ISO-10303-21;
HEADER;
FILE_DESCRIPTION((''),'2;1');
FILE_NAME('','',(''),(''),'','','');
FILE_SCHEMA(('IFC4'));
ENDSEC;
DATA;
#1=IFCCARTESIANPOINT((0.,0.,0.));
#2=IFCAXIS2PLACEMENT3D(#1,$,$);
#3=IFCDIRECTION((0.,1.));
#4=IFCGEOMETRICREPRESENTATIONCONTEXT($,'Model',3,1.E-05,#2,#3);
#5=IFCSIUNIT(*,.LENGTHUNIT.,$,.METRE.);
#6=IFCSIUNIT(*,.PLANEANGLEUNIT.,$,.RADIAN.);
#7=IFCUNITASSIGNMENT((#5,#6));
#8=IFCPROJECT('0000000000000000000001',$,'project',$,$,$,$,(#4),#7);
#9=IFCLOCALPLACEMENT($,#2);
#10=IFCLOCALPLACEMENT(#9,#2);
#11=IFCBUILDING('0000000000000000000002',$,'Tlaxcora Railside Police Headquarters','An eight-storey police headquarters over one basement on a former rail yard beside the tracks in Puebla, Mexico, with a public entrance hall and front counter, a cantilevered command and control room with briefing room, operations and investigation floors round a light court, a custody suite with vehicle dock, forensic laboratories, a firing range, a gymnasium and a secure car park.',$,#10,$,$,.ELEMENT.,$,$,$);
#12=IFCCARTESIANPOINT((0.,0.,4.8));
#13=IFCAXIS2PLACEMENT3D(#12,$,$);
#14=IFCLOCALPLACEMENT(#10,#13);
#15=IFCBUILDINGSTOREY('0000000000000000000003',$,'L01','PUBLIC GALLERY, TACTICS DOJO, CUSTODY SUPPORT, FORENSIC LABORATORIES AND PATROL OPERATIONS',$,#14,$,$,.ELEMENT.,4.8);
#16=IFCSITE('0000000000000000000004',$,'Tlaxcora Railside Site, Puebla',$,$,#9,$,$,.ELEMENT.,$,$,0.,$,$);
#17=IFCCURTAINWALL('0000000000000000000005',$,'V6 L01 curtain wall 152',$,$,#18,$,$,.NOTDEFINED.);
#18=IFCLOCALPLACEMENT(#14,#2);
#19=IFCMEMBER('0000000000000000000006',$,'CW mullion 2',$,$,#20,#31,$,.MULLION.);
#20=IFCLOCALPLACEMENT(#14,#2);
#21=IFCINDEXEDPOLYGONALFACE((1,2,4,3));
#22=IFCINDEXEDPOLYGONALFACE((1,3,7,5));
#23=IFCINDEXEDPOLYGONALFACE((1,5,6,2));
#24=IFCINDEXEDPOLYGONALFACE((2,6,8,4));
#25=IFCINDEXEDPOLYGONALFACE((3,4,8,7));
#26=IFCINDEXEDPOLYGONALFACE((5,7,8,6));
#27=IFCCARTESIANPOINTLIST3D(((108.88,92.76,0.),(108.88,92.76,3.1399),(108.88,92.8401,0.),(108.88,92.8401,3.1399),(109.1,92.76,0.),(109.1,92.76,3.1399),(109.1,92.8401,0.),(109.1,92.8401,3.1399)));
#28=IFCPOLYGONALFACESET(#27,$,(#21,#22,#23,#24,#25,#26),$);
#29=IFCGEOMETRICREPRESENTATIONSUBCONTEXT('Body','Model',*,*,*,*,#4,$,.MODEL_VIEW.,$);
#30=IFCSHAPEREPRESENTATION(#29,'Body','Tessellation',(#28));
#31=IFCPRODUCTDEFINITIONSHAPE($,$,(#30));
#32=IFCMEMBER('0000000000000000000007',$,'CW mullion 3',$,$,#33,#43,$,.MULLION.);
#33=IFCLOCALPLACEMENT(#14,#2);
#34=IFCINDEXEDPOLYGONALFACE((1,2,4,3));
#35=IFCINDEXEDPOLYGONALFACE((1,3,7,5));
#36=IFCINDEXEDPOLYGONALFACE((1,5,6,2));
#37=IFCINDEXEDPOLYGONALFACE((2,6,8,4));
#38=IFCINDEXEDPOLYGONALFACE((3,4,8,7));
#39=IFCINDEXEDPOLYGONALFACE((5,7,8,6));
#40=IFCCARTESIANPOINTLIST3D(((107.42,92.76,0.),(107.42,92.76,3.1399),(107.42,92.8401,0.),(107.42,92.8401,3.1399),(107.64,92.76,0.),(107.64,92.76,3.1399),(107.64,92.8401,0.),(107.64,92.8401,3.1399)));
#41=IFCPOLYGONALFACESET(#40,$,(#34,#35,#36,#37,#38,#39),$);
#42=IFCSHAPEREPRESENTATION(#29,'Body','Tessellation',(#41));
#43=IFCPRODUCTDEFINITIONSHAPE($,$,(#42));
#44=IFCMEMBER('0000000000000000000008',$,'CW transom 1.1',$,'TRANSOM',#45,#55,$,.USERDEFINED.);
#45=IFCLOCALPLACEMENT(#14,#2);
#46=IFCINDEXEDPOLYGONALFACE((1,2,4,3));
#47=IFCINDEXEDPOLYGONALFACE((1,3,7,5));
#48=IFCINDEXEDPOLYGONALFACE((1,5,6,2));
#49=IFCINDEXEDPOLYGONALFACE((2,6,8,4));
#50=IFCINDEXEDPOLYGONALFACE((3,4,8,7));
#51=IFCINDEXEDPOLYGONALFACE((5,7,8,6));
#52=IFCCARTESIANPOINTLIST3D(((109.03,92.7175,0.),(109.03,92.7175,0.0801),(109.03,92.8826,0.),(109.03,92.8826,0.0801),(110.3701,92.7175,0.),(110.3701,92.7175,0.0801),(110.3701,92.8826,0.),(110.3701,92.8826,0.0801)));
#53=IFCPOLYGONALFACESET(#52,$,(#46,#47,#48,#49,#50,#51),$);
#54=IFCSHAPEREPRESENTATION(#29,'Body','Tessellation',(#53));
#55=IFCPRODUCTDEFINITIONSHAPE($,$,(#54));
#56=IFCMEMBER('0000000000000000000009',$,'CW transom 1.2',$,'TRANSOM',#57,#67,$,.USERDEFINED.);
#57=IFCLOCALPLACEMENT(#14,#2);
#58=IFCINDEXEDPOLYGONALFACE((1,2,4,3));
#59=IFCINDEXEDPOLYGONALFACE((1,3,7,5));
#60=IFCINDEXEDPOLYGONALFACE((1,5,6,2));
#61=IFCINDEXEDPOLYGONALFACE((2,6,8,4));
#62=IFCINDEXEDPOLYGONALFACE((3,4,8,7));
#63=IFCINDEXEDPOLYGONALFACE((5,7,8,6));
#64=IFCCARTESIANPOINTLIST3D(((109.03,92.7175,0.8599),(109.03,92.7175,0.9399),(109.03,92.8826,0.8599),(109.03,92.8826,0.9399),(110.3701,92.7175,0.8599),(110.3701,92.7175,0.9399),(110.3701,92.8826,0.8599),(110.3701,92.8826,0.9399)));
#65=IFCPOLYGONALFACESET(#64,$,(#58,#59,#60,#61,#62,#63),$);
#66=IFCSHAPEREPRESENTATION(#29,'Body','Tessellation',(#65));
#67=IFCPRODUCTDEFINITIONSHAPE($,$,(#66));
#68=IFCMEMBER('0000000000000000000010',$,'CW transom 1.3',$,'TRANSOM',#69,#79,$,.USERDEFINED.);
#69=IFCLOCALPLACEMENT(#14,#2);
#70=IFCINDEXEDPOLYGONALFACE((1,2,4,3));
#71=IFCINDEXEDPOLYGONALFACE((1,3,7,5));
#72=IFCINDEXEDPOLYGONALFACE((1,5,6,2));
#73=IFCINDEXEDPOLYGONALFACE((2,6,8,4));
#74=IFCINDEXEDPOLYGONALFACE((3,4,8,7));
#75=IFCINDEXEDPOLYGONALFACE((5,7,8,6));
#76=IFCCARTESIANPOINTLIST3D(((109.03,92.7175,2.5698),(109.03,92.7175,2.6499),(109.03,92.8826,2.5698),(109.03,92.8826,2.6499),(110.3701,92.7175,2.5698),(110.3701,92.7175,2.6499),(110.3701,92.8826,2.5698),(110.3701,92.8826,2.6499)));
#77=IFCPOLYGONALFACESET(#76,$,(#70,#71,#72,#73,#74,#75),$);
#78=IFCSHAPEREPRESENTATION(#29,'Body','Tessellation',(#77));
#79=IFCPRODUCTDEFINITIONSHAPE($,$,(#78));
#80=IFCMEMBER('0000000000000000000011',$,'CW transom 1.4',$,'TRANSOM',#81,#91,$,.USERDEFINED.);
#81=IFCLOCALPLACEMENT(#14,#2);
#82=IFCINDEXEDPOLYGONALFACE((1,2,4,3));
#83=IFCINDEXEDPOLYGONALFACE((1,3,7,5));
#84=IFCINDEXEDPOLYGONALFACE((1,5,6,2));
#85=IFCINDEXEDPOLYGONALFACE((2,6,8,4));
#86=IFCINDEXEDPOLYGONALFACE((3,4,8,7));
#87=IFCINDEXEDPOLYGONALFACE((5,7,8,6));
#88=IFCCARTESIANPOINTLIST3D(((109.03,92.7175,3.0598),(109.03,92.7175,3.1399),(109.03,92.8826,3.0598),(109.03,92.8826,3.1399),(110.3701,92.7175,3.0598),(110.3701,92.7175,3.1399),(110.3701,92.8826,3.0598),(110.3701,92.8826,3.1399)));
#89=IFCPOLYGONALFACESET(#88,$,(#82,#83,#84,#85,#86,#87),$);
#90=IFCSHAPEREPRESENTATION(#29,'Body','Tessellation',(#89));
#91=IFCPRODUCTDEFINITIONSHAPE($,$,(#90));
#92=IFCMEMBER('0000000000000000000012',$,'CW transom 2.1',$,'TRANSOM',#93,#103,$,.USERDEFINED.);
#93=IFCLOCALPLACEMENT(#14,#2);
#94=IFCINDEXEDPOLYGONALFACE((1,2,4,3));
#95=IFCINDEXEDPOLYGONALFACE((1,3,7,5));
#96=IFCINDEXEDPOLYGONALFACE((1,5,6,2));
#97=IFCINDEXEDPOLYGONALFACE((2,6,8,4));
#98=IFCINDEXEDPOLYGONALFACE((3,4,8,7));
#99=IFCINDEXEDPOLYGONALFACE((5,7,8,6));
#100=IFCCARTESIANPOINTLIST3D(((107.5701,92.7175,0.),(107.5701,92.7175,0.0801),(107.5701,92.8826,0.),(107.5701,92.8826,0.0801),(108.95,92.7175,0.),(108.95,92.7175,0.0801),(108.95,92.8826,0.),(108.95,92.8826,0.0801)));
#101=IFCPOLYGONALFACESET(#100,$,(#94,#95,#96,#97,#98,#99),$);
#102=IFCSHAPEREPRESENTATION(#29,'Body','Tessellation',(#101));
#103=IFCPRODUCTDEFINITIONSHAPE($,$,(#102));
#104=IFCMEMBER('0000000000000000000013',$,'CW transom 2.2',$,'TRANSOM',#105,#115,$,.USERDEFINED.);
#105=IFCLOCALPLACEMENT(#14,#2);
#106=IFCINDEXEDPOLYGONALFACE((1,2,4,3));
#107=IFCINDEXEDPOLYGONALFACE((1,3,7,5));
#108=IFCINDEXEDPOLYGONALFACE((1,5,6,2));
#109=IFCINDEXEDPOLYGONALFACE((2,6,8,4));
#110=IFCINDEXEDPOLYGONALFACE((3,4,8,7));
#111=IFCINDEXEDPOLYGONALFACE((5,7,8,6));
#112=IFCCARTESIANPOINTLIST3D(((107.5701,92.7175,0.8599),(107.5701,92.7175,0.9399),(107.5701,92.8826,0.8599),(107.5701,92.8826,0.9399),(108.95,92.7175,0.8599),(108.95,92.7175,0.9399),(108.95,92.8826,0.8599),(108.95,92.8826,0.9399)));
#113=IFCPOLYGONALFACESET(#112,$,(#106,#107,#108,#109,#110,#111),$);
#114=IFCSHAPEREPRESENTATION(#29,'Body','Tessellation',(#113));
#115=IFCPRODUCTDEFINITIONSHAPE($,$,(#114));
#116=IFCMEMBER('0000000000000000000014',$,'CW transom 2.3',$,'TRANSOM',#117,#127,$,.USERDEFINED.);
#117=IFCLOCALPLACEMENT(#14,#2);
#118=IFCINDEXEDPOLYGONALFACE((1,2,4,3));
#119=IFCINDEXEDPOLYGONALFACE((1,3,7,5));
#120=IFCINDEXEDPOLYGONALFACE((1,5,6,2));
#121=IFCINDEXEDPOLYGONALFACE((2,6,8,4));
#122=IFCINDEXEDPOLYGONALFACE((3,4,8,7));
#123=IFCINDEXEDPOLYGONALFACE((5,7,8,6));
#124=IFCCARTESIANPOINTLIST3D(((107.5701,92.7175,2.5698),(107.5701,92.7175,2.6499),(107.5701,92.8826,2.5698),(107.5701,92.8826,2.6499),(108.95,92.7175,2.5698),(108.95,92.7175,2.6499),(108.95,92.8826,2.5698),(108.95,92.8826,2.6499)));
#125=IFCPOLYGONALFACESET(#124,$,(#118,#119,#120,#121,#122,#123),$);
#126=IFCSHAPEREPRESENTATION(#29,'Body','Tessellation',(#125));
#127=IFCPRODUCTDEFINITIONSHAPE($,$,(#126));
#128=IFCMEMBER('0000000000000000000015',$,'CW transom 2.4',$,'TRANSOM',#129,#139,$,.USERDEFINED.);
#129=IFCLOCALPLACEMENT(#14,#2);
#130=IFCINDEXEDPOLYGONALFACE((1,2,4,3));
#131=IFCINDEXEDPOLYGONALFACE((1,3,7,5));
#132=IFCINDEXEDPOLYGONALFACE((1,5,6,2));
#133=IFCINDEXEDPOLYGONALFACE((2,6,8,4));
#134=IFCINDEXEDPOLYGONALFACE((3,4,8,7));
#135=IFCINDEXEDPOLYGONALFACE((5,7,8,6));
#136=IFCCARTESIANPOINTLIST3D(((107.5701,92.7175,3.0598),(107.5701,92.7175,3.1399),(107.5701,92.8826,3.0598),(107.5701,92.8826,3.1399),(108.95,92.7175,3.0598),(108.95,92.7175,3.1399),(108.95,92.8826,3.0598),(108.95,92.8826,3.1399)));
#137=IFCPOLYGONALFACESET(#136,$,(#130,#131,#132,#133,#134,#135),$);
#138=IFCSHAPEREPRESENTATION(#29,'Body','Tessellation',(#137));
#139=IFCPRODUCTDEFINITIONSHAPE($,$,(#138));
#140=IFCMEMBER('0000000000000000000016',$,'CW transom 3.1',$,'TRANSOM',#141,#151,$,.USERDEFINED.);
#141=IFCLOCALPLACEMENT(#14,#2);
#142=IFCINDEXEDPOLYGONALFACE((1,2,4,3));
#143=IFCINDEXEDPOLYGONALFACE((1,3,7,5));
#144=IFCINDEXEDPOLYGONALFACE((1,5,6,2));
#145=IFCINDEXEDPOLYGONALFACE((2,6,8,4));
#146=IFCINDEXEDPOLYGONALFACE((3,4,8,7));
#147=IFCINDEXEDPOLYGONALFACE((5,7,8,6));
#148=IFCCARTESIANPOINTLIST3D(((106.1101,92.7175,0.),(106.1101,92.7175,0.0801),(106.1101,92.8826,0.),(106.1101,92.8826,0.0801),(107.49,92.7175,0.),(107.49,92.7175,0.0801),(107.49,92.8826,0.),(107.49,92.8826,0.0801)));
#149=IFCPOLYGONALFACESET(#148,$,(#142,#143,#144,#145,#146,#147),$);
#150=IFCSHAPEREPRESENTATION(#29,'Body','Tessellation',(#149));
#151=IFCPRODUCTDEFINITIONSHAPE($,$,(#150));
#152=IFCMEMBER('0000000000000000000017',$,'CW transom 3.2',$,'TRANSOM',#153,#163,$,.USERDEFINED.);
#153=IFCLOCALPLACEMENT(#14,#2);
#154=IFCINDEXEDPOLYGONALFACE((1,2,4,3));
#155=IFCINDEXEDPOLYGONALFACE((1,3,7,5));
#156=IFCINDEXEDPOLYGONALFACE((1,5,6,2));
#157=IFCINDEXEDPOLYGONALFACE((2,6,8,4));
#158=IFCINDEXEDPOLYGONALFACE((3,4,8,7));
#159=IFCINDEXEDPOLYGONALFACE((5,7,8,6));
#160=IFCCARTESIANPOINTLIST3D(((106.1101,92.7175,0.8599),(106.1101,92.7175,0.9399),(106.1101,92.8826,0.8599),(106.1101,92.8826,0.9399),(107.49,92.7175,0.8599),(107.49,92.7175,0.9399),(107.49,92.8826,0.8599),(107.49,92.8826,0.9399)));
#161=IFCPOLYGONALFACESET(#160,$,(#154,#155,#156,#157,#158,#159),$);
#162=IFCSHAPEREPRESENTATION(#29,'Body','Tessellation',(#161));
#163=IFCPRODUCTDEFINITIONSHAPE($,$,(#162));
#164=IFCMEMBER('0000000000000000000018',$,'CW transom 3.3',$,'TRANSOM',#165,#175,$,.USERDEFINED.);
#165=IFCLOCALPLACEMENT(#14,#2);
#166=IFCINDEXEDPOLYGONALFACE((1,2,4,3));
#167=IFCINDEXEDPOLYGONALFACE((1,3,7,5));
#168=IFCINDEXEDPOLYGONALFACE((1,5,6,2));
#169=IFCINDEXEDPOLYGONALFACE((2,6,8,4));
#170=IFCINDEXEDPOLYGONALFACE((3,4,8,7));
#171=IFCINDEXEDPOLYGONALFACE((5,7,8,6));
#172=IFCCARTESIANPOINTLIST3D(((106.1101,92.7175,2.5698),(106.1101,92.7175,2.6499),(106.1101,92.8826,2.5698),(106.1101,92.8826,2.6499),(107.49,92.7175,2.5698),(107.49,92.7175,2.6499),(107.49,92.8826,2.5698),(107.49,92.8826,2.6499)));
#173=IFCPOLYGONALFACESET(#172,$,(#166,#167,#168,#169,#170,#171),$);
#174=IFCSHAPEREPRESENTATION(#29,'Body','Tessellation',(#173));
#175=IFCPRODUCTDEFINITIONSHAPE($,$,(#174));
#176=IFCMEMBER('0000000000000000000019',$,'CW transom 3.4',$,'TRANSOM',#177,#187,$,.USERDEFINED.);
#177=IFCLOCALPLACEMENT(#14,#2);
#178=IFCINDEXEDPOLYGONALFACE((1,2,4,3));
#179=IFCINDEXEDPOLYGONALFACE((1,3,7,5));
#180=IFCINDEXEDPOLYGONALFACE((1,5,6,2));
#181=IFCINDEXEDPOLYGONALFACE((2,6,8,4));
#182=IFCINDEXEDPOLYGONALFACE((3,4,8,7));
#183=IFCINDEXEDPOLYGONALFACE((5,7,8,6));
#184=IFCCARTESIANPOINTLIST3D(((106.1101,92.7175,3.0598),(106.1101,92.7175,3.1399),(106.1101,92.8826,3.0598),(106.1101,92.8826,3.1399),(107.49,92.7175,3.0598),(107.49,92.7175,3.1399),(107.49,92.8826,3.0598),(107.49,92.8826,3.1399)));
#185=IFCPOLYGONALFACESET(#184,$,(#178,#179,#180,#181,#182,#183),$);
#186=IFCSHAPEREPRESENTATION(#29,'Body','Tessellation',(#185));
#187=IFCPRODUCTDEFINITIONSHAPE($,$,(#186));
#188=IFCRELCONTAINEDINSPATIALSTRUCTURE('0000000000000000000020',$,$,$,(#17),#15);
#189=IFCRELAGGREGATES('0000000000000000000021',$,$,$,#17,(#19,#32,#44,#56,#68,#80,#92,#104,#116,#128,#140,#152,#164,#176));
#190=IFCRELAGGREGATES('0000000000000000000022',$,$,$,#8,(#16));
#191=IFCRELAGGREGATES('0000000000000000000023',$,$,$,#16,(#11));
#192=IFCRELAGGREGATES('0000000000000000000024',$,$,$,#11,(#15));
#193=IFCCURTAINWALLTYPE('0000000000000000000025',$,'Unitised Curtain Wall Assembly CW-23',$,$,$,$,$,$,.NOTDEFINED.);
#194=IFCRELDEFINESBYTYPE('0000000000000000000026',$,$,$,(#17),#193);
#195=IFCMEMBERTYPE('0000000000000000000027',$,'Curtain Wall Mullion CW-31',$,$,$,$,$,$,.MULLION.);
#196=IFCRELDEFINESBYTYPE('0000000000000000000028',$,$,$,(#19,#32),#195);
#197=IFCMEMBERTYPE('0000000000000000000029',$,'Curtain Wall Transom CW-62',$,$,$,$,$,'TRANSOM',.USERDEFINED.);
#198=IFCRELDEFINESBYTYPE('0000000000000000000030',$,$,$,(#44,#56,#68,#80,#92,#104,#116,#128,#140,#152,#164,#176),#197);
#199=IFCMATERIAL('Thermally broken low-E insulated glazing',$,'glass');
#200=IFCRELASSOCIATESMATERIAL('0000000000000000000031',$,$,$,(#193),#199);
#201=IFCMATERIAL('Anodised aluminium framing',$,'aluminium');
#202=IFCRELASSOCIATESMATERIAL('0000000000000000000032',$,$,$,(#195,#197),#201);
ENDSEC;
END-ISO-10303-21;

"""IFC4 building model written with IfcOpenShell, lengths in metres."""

from ifc_helpers import new_model, si_unit, direction, frame, origin, origin_2d, place, context, subcontext, project, spatial, rectangle, extrude, material, material_profile, profile_set, type_object, element, aggregate, save


model = new_model("IFC4")

# Units and contexts
model_context = context("Model", 3, precision=1e-05, world=origin(), true_north=direction((0.0, 1.0)))
body_context = subcontext(model_context, "Body", "Model", "MODEL_VIEW")
ifc_project = project(units=[si_unit("LENGTHUNIT", "METRE"), si_unit("PLANEANGLEUNIT", "RADIAN")], contexts=[model_context])

# Site, building, storey
site_placement = place(None, origin())
site = spatial("IfcSite", under=ifc_project, at=site_placement, Name="Tlaxcora Railside Site, Puebla", CompositionType="ELEMENT", RefElevation=0.0)
building_placement = place(site_placement, origin())
building = spatial("IfcBuilding", under=site, at=building_placement, Name="Tlaxcora Railside Police Headquarters", Description="An eight-storey police headquarters over one basement on a former rail yard beside the tracks in Puebla, Mexico, with a public entrance hall and front counter, a cantilevered command and control room with briefing room, operations and investigation floors round a light court, a custody suite with vehicle dock, forensic laboratories, a firing range, a gymnasium and a secure car park.", CompositionType="ELEMENT")
storey_placement = place(building_placement, frame((0.0, 0.0, 4.8)))
storey = spatial("IfcBuildingStorey", under=building, at=storey_placement, Name="L01", Description="PUBLIC GALLERY, TACTICS DOJO, CUSTODY SUPPORT, FORENSIC LABORATORIES AND PATROL OPERATIONS", CompositionType="ELEMENT", Elevation=4.8)

# Curtain wall, members
ifc_material_1 = material(Name="Thermally broken low-E insulated glazing", Category="glass")
curtain_wall_type = type_object("IfcCurtainWallType", Name="Unitised Curtain Wall Assembly CW-23", PredefinedType="NOTDEFINED", material=ifc_material_1)
curtain_wall_placement = place(storey_placement, origin())
curtain_wall = element("IfcCurtainWall", 1, at=curtain_wall_placement, inside=storey, type_object=curtain_wall_type, Name="V6 L01 curtain wall 152", PredefinedType="NOTDEFINED")
ifc_material_2 = material(Name="Anodised aluminium framing", Category="aluminium")
ifc_material_profile_1 = material_profile(ifc_material_2, rectangle(XDim=0.0801, YDim=0.22, at=origin_2d()), Name="AL80X220")
ifc_profile_set_1 = profile_set([ifc_material_profile_1], Name="Anodised aluminium framing")
member_type_1 = type_object("IfcMemberType", Name="Curtain Wall Mullion CW-31", PredefinedType="MULLION", material=ifc_profile_set_1)
member_1_placement = place(storey_placement, frame((108.99, 92.8, 0.0), z_axis=(0.0, 0.0, 1.0), x_axis=(0.0, -1.0, 0.0)))
member_1 = element("IfcMember", 2, at=member_1_placement, type_object=member_type_1, Name="CW mullion 2", PredefinedType="MULLION", context=body_context, shape_type="SweptSolid", body=[
    extrude(rectangle(XDim=0.0801, YDim=0.22, at=origin_2d()), origin(), (0.0, 0.0, 1.0), 3.1399),
])
member_2_placement = place(storey_placement, frame((107.53, 92.8, 0.0), z_axis=(0.0, 0.0, 1.0), x_axis=(0.0, -1.0, 0.0)))
member_2 = element("IfcMember", 3, at=member_2_placement, type_object=member_type_1, Name="CW mullion 3", PredefinedType="MULLION", context=body_context, shape_type="SweptSolid", body=[
    extrude(rectangle(XDim=0.0801, YDim=0.22, at=origin_2d()), origin(), (0.0, 0.0, 1.0), 3.1399),
])
ifc_material_profile_2 = material_profile(ifc_material_2, rectangle(XDim=0.165, YDim=0.0801, at=origin_2d()), Name="AL80X165")
ifc_profile_set_2 = profile_set([ifc_material_profile_2], Name="Anodised aluminium framing")
member_type_2 = type_object("IfcMemberType", Name="Curtain Wall Transom CW-62", ElementType="TRANSOM", PredefinedType="USERDEFINED", material=ifc_profile_set_2)
member_3_placement = place(storey_placement, frame((110.3701, 92.8, 0.04), z_axis=(-1.0, 0.0, 0.0), x_axis=(0.0, -1.0, 0.0)))
member_3 = element("IfcMember", 4, at=member_3_placement, type_object=member_type_2, Name="CW transom 1.1", ObjectType="TRANSOM", PredefinedType="USERDEFINED", context=body_context, shape_type="SweptSolid", body=[
    extrude(rectangle(XDim=0.165, YDim=0.0801, at=origin_2d()), origin(), (0.0, 0.0, 1.0), 1.3401),
])
member_4_placement = place(storey_placement, frame((110.3701, 92.8, 0.8999), z_axis=(-1.0, 0.0, 0.0), x_axis=(0.0, -1.0, 0.0)))
member_4 = element("IfcMember", 5, at=member_4_placement, type_object=member_type_2, Name="CW transom 1.2", ObjectType="TRANSOM", PredefinedType="USERDEFINED", context=body_context, shape_type="SweptSolid", body=[
    extrude(rectangle(XDim=0.165, YDim=0.0801, at=origin_2d()), origin(), (0.0, 0.0, 1.0), 1.3401),
])
member_5_placement = place(storey_placement, frame((110.3701, 92.8, 2.6099), z_axis=(-1.0, 0.0, 0.0), x_axis=(0.0, -1.0, 0.0)))
member_5 = element("IfcMember", 6, at=member_5_placement, type_object=member_type_2, Name="CW transom 1.3", ObjectType="TRANSOM", PredefinedType="USERDEFINED", context=body_context, shape_type="SweptSolid", body=[
    extrude(rectangle(XDim=0.165, YDim=0.0801, at=origin_2d()), origin(), (0.0, 0.0, 1.0), 1.3401),
])
member_6_placement = place(storey_placement, frame((110.3701, 92.8, 3.0999), z_axis=(-1.0, 0.0, 0.0), x_axis=(0.0, -1.0, 0.0)))
member_6 = element("IfcMember", 7, at=member_6_placement, type_object=member_type_2, Name="CW transom 1.4", ObjectType="TRANSOM", PredefinedType="USERDEFINED", context=body_context, shape_type="SweptSolid", body=[
    extrude(rectangle(XDim=0.165, YDim=0.0801, at=origin_2d()), origin(), (0.0, 0.0, 1.0), 1.3401),
])
member_7_placement = place(storey_placement, frame((108.95, 92.8, 0.04), z_axis=(-1.0, 0.0, 0.0), x_axis=(0.0, -1.0, 0.0)))
member_7 = element("IfcMember", 8, at=member_7_placement, type_object=member_type_2, Name="CW transom 2.1", ObjectType="TRANSOM", PredefinedType="USERDEFINED", context=body_context, shape_type="SweptSolid", body=[
    extrude(rectangle(XDim=0.165, YDim=0.0801, at=origin_2d()), origin(), (0.0, 0.0, 1.0), 1.3799),
])
member_8_placement = place(storey_placement, frame((108.95, 92.8, 0.8999), z_axis=(-1.0, 0.0, 0.0), x_axis=(0.0, -1.0, 0.0)))
member_8 = element("IfcMember", 9, at=member_8_placement, type_object=member_type_2, Name="CW transom 2.2", ObjectType="TRANSOM", PredefinedType="USERDEFINED", context=body_context, shape_type="SweptSolid", body=[
    extrude(rectangle(XDim=0.165, YDim=0.0801, at=origin_2d()), origin(), (0.0, 0.0, 1.0), 1.3799),
])
member_9_placement = place(storey_placement, frame((108.95, 92.8, 2.6099), z_axis=(-1.0, 0.0, 0.0), x_axis=(0.0, -1.0, 0.0)))
member_9 = element("IfcMember", 10, at=member_9_placement, type_object=member_type_2, Name="CW transom 2.3", ObjectType="TRANSOM", PredefinedType="USERDEFINED", context=body_context, shape_type="SweptSolid", body=[
    extrude(rectangle(XDim=0.165, YDim=0.0801, at=origin_2d()), origin(), (0.0, 0.0, 1.0), 1.3799),
])
member_10_placement = place(storey_placement, frame((108.95, 92.8, 3.0999), z_axis=(-1.0, 0.0, 0.0), x_axis=(0.0, -1.0, 0.0)))
member_10 = element("IfcMember", 11, at=member_10_placement, type_object=member_type_2, Name="CW transom 2.4", ObjectType="TRANSOM", PredefinedType="USERDEFINED", context=body_context, shape_type="SweptSolid", body=[
    extrude(rectangle(XDim=0.165, YDim=0.0801, at=origin_2d()), origin(), (0.0, 0.0, 1.0), 1.3799),
])
member_11_placement = place(storey_placement, frame((107.49, 92.8, 0.04), z_axis=(-1.0, 0.0, 0.0), x_axis=(0.0, -1.0, 0.0)))
member_11 = element("IfcMember", 12, at=member_11_placement, type_object=member_type_2, Name="CW transom 3.1", ObjectType="TRANSOM", PredefinedType="USERDEFINED", context=body_context, shape_type="SweptSolid", body=[
    extrude(rectangle(XDim=0.165, YDim=0.0801, at=origin_2d()), origin(), (0.0, 0.0, 1.0), 1.3799),
])
member_12_placement = place(storey_placement, frame((107.49, 92.8, 0.8999), z_axis=(-1.0, 0.0, 0.0), x_axis=(0.0, -1.0, 0.0)))
member_12 = element("IfcMember", 13, at=member_12_placement, type_object=member_type_2, Name="CW transom 3.2", ObjectType="TRANSOM", PredefinedType="USERDEFINED", context=body_context, shape_type="SweptSolid", body=[
    extrude(rectangle(XDim=0.165, YDim=0.0801, at=origin_2d()), origin(), (0.0, 0.0, 1.0), 1.3799),
])
member_13_placement = place(storey_placement, frame((107.49, 92.8, 2.6099), z_axis=(-1.0, 0.0, 0.0), x_axis=(0.0, -1.0, 0.0)))
member_13 = element("IfcMember", 14, at=member_13_placement, type_object=member_type_2, Name="CW transom 3.3", ObjectType="TRANSOM", PredefinedType="USERDEFINED", context=body_context, shape_type="SweptSolid", body=[
    extrude(rectangle(XDim=0.165, YDim=0.0801, at=origin_2d()), origin(), (0.0, 0.0, 1.0), 1.3799),
])
member_14_placement = place(storey_placement, frame((107.49, 92.8, 3.0999), z_axis=(-1.0, 0.0, 0.0), x_axis=(0.0, -1.0, 0.0)))
member_14 = element("IfcMember", 15, at=member_14_placement, type_object=member_type_2, Name="CW transom 3.4", ObjectType="TRANSOM", PredefinedType="USERDEFINED", context=body_context, shape_type="SweptSolid", body=[
    extrude(rectangle(XDim=0.165, YDim=0.0801, at=origin_2d()), origin(), (0.0, 0.0, 1.0), 1.3799),
])
aggregate(curtain_wall, [member_1, member_2, member_3, member_4, member_5, member_6, member_7, member_8, member_9, member_10, member_11, member_12, member_13, member_14])

save(model, "model.ifc")
